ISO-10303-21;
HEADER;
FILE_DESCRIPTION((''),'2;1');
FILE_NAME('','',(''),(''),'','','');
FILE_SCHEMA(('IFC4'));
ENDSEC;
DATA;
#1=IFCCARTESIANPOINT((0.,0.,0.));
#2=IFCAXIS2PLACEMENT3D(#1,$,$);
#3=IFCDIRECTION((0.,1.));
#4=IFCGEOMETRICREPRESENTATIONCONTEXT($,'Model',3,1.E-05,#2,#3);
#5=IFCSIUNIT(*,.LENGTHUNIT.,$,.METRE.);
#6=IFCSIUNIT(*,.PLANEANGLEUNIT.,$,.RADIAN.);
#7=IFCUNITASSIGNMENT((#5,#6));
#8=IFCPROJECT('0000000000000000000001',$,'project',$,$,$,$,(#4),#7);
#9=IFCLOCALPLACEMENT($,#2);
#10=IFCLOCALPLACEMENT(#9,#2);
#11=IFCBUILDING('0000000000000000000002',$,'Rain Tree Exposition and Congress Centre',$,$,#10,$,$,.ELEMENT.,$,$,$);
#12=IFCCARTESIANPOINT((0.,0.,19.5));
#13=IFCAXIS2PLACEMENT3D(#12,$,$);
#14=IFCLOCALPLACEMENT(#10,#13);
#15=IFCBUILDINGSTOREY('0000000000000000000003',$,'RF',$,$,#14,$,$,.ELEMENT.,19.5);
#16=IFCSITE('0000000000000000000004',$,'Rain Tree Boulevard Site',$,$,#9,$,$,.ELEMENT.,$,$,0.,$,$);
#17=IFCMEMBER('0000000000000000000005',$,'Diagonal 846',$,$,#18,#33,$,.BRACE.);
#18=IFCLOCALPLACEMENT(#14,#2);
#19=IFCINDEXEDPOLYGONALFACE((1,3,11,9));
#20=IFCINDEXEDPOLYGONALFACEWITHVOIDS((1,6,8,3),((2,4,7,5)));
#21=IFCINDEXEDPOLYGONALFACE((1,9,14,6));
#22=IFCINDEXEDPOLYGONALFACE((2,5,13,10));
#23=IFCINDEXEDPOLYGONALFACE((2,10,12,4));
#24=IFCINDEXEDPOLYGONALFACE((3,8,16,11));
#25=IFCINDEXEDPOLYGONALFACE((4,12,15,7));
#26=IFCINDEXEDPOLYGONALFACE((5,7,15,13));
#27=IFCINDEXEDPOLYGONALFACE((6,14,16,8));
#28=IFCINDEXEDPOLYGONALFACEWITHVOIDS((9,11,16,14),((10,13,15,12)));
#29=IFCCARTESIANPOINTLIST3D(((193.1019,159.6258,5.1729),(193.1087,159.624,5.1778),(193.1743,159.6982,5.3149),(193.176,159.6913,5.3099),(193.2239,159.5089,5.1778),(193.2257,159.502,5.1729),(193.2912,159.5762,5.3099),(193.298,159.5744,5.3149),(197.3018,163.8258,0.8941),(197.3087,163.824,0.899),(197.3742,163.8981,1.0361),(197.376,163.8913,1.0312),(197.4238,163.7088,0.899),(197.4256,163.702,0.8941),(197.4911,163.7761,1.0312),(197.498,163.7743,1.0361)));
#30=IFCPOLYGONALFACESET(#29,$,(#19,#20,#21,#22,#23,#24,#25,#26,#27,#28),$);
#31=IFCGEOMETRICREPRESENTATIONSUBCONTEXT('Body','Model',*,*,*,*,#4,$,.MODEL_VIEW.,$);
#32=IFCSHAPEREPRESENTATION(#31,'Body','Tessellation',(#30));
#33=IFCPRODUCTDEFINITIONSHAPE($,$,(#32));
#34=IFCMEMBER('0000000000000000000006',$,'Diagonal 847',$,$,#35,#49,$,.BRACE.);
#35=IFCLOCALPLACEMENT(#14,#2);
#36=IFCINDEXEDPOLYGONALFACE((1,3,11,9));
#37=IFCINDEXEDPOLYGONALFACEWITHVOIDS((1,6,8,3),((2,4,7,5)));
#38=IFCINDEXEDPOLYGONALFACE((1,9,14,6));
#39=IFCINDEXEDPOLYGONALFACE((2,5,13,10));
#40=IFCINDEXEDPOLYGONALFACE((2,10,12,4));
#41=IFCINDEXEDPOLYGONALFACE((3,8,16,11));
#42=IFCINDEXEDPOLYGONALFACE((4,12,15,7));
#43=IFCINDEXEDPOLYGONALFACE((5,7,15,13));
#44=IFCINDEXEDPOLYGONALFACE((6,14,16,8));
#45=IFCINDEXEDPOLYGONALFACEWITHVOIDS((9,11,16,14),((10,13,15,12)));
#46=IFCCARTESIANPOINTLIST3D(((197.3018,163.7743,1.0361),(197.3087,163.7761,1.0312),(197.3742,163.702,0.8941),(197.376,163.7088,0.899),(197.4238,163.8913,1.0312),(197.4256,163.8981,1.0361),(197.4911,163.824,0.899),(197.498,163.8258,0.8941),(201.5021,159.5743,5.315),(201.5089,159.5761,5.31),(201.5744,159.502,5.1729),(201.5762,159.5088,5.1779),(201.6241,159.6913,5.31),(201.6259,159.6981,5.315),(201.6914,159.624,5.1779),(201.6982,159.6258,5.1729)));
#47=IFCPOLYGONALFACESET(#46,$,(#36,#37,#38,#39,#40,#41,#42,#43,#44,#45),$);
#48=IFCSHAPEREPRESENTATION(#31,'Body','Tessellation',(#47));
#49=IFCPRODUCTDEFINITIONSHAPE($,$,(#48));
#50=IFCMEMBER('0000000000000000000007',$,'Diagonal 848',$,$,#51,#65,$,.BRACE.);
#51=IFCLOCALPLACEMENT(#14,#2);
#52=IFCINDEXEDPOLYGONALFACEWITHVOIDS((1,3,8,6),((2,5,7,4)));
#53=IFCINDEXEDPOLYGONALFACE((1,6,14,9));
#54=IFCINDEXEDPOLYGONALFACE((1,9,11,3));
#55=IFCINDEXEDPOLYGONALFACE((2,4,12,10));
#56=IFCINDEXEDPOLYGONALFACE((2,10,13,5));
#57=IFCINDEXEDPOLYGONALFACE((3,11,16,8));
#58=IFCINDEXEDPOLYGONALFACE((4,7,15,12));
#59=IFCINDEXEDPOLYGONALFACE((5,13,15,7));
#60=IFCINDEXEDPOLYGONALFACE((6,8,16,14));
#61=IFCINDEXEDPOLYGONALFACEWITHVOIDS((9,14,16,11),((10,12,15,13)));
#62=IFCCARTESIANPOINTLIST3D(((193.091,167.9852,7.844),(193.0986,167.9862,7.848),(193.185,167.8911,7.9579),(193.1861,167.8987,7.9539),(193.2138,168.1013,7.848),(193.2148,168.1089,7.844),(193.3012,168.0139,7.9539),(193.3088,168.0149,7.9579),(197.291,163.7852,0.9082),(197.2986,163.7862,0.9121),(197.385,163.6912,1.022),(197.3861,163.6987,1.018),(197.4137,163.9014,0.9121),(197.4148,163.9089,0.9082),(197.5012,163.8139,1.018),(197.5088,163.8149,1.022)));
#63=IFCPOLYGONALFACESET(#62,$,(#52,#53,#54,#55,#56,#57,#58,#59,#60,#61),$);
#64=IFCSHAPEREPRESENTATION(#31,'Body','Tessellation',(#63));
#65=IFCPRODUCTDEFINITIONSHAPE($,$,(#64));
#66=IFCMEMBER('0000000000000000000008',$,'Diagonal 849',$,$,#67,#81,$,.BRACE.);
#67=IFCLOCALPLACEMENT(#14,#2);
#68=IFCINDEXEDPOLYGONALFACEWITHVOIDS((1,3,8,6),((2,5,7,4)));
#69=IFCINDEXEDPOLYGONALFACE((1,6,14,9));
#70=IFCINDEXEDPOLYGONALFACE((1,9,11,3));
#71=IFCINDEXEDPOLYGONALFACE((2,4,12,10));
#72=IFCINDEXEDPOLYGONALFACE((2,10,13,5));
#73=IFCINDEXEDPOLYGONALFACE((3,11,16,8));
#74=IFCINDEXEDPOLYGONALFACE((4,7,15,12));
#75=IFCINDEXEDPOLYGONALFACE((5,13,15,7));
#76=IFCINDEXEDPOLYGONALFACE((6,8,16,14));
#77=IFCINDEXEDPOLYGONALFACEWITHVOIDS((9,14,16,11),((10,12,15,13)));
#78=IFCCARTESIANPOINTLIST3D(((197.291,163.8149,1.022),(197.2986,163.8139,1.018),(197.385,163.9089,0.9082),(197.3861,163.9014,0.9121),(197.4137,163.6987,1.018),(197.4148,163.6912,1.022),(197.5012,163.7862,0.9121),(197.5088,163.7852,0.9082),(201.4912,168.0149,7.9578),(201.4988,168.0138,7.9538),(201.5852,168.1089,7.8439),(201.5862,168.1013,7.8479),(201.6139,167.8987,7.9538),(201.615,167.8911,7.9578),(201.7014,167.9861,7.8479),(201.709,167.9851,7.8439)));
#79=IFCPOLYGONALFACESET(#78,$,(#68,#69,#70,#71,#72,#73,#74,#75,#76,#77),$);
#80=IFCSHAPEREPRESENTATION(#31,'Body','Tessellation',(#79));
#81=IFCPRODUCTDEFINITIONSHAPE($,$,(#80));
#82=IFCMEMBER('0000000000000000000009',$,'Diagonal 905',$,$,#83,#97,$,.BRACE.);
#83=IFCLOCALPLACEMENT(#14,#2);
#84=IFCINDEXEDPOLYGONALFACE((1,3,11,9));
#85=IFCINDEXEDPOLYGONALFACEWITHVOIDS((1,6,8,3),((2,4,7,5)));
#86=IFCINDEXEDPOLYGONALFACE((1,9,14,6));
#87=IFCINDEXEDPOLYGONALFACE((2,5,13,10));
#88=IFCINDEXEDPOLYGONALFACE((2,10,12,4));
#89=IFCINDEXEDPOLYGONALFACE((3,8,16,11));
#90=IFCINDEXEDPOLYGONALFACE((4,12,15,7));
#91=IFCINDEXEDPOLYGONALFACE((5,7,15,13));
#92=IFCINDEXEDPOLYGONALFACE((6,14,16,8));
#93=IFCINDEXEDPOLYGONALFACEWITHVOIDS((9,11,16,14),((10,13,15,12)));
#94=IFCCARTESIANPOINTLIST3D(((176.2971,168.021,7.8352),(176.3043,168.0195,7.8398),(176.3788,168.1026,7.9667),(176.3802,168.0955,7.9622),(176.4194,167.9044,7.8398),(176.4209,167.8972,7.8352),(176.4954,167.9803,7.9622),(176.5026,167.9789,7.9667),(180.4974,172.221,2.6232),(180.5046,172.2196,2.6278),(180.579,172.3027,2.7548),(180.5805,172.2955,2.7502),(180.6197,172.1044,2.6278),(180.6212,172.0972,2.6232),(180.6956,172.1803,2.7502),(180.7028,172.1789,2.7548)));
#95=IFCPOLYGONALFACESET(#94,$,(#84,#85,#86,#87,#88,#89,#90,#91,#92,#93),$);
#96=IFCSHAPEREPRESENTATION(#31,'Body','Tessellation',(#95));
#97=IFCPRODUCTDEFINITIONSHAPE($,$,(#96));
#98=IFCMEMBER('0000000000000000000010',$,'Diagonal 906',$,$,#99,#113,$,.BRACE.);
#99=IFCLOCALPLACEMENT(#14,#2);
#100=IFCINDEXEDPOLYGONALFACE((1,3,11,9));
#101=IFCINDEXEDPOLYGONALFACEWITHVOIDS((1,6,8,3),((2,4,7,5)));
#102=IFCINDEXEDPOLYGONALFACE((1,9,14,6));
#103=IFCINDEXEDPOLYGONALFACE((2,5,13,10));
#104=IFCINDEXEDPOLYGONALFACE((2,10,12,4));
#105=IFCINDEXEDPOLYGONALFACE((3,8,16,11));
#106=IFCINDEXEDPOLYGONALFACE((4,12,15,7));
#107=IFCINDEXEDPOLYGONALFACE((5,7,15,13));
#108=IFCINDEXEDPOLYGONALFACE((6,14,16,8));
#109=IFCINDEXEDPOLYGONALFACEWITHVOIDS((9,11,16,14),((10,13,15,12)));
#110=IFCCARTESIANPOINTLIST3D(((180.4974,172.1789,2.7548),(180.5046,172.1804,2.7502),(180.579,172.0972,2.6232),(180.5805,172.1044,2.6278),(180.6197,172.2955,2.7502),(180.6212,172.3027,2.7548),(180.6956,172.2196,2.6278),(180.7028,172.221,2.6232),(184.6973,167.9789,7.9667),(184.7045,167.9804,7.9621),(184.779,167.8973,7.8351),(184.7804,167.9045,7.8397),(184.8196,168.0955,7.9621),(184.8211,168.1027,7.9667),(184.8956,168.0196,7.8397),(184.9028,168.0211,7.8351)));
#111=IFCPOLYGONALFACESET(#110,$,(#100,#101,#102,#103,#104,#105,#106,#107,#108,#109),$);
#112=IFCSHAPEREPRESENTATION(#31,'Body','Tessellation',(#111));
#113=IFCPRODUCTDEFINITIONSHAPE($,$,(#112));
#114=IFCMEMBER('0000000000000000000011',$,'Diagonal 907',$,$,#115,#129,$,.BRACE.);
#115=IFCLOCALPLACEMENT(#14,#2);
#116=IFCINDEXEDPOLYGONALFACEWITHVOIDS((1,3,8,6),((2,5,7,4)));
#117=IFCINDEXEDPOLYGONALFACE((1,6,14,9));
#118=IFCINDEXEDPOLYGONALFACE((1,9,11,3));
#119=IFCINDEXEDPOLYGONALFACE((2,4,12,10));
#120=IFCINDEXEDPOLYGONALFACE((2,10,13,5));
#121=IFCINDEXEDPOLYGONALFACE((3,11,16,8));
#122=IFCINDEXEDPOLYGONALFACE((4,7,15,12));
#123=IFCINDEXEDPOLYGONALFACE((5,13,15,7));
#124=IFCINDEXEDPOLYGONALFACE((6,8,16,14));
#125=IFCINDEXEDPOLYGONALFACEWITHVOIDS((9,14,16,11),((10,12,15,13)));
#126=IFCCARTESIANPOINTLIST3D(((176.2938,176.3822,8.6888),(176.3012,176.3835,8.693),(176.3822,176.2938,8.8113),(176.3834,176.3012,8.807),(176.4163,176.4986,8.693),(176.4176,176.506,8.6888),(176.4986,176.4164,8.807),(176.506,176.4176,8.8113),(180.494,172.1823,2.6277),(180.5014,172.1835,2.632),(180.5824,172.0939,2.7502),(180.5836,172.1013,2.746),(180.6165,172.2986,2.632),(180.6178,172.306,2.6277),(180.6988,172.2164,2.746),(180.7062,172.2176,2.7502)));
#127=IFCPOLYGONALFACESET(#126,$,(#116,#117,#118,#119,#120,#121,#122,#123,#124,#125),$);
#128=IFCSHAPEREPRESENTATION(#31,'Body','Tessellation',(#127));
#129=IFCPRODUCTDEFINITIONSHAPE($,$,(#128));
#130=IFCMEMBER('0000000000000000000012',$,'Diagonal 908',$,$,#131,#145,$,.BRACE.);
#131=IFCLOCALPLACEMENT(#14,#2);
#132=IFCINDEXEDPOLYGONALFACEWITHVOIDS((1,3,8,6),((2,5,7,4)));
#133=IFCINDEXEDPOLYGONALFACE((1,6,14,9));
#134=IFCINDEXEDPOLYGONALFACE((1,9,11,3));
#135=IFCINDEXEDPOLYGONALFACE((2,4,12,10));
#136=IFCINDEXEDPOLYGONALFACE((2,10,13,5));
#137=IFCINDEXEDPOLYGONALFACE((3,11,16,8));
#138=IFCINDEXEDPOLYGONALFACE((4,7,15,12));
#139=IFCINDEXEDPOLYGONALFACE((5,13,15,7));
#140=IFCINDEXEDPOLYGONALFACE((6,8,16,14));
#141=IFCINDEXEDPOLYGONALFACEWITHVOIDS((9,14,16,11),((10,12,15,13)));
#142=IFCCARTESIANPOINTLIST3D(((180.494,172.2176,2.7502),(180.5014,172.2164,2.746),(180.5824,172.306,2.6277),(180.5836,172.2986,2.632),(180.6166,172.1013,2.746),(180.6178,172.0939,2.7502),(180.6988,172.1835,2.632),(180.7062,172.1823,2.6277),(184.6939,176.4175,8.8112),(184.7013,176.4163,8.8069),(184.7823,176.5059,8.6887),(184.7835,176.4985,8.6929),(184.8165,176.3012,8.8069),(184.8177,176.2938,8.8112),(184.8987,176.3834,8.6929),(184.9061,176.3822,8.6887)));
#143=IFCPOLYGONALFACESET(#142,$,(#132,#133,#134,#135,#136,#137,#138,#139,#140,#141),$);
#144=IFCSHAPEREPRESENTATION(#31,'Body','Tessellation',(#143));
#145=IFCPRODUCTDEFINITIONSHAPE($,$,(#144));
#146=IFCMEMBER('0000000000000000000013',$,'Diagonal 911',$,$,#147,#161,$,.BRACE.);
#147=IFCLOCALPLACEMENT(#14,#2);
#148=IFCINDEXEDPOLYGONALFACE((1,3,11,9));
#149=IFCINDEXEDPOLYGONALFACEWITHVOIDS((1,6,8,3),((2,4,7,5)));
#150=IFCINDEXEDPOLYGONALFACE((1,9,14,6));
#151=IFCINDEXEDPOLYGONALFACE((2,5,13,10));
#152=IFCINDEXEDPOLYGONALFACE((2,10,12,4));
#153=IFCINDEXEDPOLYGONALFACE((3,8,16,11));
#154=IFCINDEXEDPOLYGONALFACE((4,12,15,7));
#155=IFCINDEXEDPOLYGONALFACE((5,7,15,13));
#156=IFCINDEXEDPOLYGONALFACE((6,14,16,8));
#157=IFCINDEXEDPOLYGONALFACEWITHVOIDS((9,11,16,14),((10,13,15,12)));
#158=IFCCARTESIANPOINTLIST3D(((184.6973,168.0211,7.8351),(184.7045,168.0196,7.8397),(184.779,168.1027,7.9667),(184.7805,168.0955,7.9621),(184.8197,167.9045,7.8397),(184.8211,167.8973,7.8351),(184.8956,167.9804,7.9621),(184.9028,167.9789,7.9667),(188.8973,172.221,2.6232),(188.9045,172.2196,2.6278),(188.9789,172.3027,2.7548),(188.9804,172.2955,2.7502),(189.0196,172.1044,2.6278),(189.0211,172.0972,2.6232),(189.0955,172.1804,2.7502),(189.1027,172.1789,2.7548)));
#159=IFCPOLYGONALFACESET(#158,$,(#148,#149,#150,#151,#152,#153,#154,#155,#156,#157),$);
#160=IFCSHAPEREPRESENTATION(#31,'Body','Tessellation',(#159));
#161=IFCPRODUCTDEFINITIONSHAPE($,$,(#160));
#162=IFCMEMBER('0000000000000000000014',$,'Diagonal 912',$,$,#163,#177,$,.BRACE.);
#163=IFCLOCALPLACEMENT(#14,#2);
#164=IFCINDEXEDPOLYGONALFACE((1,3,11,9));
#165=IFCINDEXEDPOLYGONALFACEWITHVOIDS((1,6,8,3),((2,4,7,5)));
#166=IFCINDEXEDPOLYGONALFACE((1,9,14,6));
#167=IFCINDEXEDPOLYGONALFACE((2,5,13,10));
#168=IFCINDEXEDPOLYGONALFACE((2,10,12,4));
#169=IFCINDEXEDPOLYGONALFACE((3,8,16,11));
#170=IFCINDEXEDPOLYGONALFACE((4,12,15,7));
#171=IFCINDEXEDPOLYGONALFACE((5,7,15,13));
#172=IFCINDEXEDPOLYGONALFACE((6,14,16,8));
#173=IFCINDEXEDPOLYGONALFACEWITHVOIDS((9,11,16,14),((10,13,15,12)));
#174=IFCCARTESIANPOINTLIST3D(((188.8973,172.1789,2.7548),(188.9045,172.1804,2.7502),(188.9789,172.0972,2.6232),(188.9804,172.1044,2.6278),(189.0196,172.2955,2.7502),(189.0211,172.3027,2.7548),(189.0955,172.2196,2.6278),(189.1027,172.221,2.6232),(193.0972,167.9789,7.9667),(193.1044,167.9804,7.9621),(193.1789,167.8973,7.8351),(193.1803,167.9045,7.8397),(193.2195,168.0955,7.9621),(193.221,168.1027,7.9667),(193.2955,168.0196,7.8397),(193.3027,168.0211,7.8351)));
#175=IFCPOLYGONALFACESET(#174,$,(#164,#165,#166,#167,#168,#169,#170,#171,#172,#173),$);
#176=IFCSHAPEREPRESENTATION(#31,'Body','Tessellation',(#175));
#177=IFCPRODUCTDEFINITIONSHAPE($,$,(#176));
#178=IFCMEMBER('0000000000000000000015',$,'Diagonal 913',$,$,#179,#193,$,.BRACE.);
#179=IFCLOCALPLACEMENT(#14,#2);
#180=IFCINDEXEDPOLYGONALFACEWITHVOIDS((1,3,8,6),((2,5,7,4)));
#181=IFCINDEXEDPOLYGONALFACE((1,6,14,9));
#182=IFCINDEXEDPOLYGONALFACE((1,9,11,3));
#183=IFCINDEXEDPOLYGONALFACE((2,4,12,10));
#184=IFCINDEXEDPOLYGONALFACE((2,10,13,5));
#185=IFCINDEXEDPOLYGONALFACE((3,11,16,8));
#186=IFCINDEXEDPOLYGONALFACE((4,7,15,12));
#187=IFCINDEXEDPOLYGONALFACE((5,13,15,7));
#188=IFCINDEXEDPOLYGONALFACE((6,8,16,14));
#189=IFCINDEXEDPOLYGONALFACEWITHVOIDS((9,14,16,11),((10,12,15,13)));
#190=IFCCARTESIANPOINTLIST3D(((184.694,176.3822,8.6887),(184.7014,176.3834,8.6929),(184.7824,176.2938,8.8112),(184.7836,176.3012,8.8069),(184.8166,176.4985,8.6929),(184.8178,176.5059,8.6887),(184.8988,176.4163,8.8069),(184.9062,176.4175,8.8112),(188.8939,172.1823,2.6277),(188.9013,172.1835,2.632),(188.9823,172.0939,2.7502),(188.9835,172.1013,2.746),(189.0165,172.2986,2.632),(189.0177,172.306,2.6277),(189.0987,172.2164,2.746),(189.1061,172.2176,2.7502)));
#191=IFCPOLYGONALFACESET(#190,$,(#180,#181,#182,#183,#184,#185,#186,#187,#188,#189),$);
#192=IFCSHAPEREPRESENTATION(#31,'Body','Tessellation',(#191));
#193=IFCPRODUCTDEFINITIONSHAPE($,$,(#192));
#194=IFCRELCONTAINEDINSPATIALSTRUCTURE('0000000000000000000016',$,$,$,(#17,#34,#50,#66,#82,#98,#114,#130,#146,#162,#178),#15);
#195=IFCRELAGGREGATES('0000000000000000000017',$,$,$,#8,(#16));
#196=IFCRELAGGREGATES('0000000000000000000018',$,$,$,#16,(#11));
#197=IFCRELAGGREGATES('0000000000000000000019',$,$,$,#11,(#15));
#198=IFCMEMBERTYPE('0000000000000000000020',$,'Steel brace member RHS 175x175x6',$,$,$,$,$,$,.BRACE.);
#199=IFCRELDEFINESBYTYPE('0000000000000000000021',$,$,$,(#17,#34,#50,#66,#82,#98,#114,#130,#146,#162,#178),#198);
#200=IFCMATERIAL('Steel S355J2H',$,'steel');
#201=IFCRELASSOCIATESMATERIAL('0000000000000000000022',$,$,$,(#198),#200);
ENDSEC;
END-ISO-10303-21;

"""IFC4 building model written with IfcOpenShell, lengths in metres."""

from ifc_helpers import new_model, si_unit, direction, frame, origin, origin_2d, place, context, subcontext, project, spatial, hollow_rectangle, extrude, material, material_profile, profile_set, type_object, element, save


model = new_model("IFC4")

# Units and contexts
model_context = context("Model", 3, precision=1e-05, world=origin(), true_north=direction((0.0, 1.0)))
body_context = subcontext(model_context, "Body", "Model", "MODEL_VIEW")
ifc_project = project(units=[si_unit("LENGTHUNIT", "METRE"), si_unit("PLANEANGLEUNIT", "RADIAN")], contexts=[model_context])

# Site, building, storey
site_placement = place(None, origin())
site = spatial("IfcSite", under=ifc_project, at=site_placement, Name="Rain Tree Boulevard Site", CompositionType="ELEMENT", RefElevation=0.0)
building_placement = place(site_placement, origin())
building = spatial("IfcBuilding", under=site, at=building_placement, Name="Rain Tree Exposition and Congress Centre", CompositionType="ELEMENT")
storey_placement = place(building_placement, frame((0.0, 0.0, 19.5)))
storey = spatial("IfcBuildingStorey", under=building, at=storey_placement, Name="RF", CompositionType="ELEMENT", Elevation=19.5)

# Members
ifc_material_1 = material(Name="Steel S355J2H", Category="steel")
ifc_material_profile_1 = material_profile(ifc_material_1, hollow_rectangle(XDim=0.175, YDim=0.175, WallThickness=0.0061, at=origin_2d()), Name="RHS 175x175x6")
ifc_profile_set_1 = profile_set([ifc_material_profile_1], Name="Steel S355J2H")
member_type_1 = type_object("IfcMemberType", Name="Steel brace member RHS 175x175x6", PredefinedType="BRACE", material=ifc_profile_set_1)
member_1_placement = place(storey_placement, frame((197.3999, 163.8, 0.9651), z_axis=(-0.573737, -0.573737, 0.58451), x_axis=(0.707107, -0.707107, 0.0)))
element("IfcMember", 1, at=member_1_placement, inside=storey, type_object=member_type_1, Name="Diagonal 846", PredefinedType="BRACE", context=body_context, shape_type="SweptSolid", body=[
    extrude(hollow_rectangle(XDim=0.175, YDim=0.175, WallThickness=0.0061, at=origin_2d()), origin(), (0.0, 0.0, 1.0), 7.3203),
])
member_2_placement = place(storey_placement, frame((197.3999, 163.8, 0.9651), z_axis=(0.57376, -0.573726, 0.584498), x_axis=(0.707086, 0.707127, 0.0)))
element("IfcMember", 2, at=member_2_placement, inside=storey, type_object=member_type_1, Name="Diagonal 847", PredefinedType="BRACE", context=body_context, shape_type="SweptSolid", body=[
    extrude(hollow_rectangle(XDim=0.175, YDim=0.175, WallThickness=0.0061, at=origin_2d()), origin(), (0.0, 0.0, 1.0), 7.3206),
])
for number, where, z_axis, x_axis, name in (
    (3, (197.3999, 163.8, 0.9651), (-0.459941, 0.459941, 0.759545), (-0.707107, -0.707107, 0.0), "Diagonal 848"),
    (4, (197.3999, 163.8, 0.9651), (0.459962, 0.459935, 0.759536), (-0.707086, 0.707127, 0.0), "Diagonal 849"),
):
    element("IfcMember", number, at=place(storey_placement, frame(where, z_axis=z_axis, x_axis=x_axis)), inside=storey, type_object=member_type_1, Name=name, PredefinedType="BRACE", context=body_context, shape_type="SweptSolid", body=[
        extrude(hollow_rectangle(XDim=0.175, YDim=0.175, WallThickness=0.0061, at=origin_2d()), origin(), (0.0, 0.0, 1.0), 9.1316),
    ])
member_3_placement = place(storey_placement, frame((180.6001, 172.2, 2.689), z_axis=(-0.53152, -0.531489, 0.65955), x_axis=(0.707086, -0.707127, 0.0)))
element("IfcMember", 5, at=member_3_placement, inside=storey, type_object=member_type_1, Name="Diagonal 905", PredefinedType="BRACE", context=body_context, shape_type="SweptSolid", body=[
    extrude(hollow_rectangle(XDim=0.175, YDim=0.175, WallThickness=0.0061, at=origin_2d()), origin(), (0.0, 0.0, 1.0), 7.9023),
])
member_4_placement = place(storey_placement, frame((180.6001, 172.2, 2.689), z_axis=(0.531498, -0.531498, 0.65956), x_axis=(0.707107, 0.707107, 0.0)))
element("IfcMember", 6, at=member_4_placement, inside=storey, type_object=member_type_1, Name="Diagonal 906", PredefinedType="BRACE", context=body_context, shape_type="SweptSolid", body=[
    extrude(hollow_rectangle(XDim=0.175, YDim=0.175, WallThickness=0.0061, at=origin_2d()), origin(), (0.0, 0.0, 1.0), 7.9021),
])
member_5_placement = place(storey_placement, frame((180.6001, 172.2, 2.689), z_axis=(-0.494938, 0.494909, 0.714214), x_axis=(-0.707086, -0.707127, 0.0)))
element("IfcMember", 7, at=member_5_placement, inside=storey, type_object=member_type_1, Name="Diagonal 907", PredefinedType="BRACE", context=body_context, shape_type="SweptSolid", body=[
    extrude(hollow_rectangle(XDim=0.175, YDim=0.175, WallThickness=0.0061, at=origin_2d()), origin(), (0.0, 0.0, 1.0), 8.4863),
])
member_6_placement = place(storey_placement, frame((180.6001, 172.2, 2.689), z_axis=(0.494916, 0.494916, 0.714224), x_axis=(-0.707107, 0.707107, 0.0)))
element("IfcMember", 8, at=member_6_placement, inside=storey, type_object=member_type_1, Name="Diagonal 908", PredefinedType="BRACE", context=body_context, shape_type="SweptSolid", body=[
    extrude(hollow_rectangle(XDim=0.175, YDim=0.175, WallThickness=0.0061, at=origin_2d()), origin(), (0.0, 0.0, 1.0), 8.4861),
])
for number, where, z_axis, x_axis, name in (
    (9, (189.0, 172.2, 2.689), (-0.531498, -0.531498, 0.65956), (0.707107, -0.707107, 0.0), "Diagonal 911"),
    (10, (189.0, 172.2, 2.689), (0.531498, -0.531498, 0.65956), (0.707107, 0.707107, 0.0), "Diagonal 912"),
):
    element("IfcMember", number, at=place(storey_placement, frame(where, z_axis=z_axis, x_axis=x_axis)), inside=storey, type_object=member_type_1, Name=name, PredefinedType="BRACE", context=body_context, shape_type="SweptSolid", body=[
        extrude(hollow_rectangle(XDim=0.175, YDim=0.175, WallThickness=0.0061, at=origin_2d()), origin(), (0.0, 0.0, 1.0), 7.9021),
    ])
for number, where, z_axis, x_axis, name in (
    (11, (189.0, 172.2, 2.689), (-0.494916, 0.494916, 0.714224), (-0.707107, -0.707107, 0.0), "Diagonal 913"),
):
    element("IfcMember", number, at=place(storey_placement, frame(where, z_axis=z_axis, x_axis=x_axis)), inside=storey, type_object=member_type_1, Name=name, PredefinedType="BRACE", context=body_context, shape_type="SweptSolid", body=[
        extrude(hollow_rectangle(XDim=0.175, YDim=0.175, WallThickness=0.0061, at=origin_2d()), origin(), (0.0, 0.0, 1.0), 8.4861),
    ])

save(model, "model.ifc")
